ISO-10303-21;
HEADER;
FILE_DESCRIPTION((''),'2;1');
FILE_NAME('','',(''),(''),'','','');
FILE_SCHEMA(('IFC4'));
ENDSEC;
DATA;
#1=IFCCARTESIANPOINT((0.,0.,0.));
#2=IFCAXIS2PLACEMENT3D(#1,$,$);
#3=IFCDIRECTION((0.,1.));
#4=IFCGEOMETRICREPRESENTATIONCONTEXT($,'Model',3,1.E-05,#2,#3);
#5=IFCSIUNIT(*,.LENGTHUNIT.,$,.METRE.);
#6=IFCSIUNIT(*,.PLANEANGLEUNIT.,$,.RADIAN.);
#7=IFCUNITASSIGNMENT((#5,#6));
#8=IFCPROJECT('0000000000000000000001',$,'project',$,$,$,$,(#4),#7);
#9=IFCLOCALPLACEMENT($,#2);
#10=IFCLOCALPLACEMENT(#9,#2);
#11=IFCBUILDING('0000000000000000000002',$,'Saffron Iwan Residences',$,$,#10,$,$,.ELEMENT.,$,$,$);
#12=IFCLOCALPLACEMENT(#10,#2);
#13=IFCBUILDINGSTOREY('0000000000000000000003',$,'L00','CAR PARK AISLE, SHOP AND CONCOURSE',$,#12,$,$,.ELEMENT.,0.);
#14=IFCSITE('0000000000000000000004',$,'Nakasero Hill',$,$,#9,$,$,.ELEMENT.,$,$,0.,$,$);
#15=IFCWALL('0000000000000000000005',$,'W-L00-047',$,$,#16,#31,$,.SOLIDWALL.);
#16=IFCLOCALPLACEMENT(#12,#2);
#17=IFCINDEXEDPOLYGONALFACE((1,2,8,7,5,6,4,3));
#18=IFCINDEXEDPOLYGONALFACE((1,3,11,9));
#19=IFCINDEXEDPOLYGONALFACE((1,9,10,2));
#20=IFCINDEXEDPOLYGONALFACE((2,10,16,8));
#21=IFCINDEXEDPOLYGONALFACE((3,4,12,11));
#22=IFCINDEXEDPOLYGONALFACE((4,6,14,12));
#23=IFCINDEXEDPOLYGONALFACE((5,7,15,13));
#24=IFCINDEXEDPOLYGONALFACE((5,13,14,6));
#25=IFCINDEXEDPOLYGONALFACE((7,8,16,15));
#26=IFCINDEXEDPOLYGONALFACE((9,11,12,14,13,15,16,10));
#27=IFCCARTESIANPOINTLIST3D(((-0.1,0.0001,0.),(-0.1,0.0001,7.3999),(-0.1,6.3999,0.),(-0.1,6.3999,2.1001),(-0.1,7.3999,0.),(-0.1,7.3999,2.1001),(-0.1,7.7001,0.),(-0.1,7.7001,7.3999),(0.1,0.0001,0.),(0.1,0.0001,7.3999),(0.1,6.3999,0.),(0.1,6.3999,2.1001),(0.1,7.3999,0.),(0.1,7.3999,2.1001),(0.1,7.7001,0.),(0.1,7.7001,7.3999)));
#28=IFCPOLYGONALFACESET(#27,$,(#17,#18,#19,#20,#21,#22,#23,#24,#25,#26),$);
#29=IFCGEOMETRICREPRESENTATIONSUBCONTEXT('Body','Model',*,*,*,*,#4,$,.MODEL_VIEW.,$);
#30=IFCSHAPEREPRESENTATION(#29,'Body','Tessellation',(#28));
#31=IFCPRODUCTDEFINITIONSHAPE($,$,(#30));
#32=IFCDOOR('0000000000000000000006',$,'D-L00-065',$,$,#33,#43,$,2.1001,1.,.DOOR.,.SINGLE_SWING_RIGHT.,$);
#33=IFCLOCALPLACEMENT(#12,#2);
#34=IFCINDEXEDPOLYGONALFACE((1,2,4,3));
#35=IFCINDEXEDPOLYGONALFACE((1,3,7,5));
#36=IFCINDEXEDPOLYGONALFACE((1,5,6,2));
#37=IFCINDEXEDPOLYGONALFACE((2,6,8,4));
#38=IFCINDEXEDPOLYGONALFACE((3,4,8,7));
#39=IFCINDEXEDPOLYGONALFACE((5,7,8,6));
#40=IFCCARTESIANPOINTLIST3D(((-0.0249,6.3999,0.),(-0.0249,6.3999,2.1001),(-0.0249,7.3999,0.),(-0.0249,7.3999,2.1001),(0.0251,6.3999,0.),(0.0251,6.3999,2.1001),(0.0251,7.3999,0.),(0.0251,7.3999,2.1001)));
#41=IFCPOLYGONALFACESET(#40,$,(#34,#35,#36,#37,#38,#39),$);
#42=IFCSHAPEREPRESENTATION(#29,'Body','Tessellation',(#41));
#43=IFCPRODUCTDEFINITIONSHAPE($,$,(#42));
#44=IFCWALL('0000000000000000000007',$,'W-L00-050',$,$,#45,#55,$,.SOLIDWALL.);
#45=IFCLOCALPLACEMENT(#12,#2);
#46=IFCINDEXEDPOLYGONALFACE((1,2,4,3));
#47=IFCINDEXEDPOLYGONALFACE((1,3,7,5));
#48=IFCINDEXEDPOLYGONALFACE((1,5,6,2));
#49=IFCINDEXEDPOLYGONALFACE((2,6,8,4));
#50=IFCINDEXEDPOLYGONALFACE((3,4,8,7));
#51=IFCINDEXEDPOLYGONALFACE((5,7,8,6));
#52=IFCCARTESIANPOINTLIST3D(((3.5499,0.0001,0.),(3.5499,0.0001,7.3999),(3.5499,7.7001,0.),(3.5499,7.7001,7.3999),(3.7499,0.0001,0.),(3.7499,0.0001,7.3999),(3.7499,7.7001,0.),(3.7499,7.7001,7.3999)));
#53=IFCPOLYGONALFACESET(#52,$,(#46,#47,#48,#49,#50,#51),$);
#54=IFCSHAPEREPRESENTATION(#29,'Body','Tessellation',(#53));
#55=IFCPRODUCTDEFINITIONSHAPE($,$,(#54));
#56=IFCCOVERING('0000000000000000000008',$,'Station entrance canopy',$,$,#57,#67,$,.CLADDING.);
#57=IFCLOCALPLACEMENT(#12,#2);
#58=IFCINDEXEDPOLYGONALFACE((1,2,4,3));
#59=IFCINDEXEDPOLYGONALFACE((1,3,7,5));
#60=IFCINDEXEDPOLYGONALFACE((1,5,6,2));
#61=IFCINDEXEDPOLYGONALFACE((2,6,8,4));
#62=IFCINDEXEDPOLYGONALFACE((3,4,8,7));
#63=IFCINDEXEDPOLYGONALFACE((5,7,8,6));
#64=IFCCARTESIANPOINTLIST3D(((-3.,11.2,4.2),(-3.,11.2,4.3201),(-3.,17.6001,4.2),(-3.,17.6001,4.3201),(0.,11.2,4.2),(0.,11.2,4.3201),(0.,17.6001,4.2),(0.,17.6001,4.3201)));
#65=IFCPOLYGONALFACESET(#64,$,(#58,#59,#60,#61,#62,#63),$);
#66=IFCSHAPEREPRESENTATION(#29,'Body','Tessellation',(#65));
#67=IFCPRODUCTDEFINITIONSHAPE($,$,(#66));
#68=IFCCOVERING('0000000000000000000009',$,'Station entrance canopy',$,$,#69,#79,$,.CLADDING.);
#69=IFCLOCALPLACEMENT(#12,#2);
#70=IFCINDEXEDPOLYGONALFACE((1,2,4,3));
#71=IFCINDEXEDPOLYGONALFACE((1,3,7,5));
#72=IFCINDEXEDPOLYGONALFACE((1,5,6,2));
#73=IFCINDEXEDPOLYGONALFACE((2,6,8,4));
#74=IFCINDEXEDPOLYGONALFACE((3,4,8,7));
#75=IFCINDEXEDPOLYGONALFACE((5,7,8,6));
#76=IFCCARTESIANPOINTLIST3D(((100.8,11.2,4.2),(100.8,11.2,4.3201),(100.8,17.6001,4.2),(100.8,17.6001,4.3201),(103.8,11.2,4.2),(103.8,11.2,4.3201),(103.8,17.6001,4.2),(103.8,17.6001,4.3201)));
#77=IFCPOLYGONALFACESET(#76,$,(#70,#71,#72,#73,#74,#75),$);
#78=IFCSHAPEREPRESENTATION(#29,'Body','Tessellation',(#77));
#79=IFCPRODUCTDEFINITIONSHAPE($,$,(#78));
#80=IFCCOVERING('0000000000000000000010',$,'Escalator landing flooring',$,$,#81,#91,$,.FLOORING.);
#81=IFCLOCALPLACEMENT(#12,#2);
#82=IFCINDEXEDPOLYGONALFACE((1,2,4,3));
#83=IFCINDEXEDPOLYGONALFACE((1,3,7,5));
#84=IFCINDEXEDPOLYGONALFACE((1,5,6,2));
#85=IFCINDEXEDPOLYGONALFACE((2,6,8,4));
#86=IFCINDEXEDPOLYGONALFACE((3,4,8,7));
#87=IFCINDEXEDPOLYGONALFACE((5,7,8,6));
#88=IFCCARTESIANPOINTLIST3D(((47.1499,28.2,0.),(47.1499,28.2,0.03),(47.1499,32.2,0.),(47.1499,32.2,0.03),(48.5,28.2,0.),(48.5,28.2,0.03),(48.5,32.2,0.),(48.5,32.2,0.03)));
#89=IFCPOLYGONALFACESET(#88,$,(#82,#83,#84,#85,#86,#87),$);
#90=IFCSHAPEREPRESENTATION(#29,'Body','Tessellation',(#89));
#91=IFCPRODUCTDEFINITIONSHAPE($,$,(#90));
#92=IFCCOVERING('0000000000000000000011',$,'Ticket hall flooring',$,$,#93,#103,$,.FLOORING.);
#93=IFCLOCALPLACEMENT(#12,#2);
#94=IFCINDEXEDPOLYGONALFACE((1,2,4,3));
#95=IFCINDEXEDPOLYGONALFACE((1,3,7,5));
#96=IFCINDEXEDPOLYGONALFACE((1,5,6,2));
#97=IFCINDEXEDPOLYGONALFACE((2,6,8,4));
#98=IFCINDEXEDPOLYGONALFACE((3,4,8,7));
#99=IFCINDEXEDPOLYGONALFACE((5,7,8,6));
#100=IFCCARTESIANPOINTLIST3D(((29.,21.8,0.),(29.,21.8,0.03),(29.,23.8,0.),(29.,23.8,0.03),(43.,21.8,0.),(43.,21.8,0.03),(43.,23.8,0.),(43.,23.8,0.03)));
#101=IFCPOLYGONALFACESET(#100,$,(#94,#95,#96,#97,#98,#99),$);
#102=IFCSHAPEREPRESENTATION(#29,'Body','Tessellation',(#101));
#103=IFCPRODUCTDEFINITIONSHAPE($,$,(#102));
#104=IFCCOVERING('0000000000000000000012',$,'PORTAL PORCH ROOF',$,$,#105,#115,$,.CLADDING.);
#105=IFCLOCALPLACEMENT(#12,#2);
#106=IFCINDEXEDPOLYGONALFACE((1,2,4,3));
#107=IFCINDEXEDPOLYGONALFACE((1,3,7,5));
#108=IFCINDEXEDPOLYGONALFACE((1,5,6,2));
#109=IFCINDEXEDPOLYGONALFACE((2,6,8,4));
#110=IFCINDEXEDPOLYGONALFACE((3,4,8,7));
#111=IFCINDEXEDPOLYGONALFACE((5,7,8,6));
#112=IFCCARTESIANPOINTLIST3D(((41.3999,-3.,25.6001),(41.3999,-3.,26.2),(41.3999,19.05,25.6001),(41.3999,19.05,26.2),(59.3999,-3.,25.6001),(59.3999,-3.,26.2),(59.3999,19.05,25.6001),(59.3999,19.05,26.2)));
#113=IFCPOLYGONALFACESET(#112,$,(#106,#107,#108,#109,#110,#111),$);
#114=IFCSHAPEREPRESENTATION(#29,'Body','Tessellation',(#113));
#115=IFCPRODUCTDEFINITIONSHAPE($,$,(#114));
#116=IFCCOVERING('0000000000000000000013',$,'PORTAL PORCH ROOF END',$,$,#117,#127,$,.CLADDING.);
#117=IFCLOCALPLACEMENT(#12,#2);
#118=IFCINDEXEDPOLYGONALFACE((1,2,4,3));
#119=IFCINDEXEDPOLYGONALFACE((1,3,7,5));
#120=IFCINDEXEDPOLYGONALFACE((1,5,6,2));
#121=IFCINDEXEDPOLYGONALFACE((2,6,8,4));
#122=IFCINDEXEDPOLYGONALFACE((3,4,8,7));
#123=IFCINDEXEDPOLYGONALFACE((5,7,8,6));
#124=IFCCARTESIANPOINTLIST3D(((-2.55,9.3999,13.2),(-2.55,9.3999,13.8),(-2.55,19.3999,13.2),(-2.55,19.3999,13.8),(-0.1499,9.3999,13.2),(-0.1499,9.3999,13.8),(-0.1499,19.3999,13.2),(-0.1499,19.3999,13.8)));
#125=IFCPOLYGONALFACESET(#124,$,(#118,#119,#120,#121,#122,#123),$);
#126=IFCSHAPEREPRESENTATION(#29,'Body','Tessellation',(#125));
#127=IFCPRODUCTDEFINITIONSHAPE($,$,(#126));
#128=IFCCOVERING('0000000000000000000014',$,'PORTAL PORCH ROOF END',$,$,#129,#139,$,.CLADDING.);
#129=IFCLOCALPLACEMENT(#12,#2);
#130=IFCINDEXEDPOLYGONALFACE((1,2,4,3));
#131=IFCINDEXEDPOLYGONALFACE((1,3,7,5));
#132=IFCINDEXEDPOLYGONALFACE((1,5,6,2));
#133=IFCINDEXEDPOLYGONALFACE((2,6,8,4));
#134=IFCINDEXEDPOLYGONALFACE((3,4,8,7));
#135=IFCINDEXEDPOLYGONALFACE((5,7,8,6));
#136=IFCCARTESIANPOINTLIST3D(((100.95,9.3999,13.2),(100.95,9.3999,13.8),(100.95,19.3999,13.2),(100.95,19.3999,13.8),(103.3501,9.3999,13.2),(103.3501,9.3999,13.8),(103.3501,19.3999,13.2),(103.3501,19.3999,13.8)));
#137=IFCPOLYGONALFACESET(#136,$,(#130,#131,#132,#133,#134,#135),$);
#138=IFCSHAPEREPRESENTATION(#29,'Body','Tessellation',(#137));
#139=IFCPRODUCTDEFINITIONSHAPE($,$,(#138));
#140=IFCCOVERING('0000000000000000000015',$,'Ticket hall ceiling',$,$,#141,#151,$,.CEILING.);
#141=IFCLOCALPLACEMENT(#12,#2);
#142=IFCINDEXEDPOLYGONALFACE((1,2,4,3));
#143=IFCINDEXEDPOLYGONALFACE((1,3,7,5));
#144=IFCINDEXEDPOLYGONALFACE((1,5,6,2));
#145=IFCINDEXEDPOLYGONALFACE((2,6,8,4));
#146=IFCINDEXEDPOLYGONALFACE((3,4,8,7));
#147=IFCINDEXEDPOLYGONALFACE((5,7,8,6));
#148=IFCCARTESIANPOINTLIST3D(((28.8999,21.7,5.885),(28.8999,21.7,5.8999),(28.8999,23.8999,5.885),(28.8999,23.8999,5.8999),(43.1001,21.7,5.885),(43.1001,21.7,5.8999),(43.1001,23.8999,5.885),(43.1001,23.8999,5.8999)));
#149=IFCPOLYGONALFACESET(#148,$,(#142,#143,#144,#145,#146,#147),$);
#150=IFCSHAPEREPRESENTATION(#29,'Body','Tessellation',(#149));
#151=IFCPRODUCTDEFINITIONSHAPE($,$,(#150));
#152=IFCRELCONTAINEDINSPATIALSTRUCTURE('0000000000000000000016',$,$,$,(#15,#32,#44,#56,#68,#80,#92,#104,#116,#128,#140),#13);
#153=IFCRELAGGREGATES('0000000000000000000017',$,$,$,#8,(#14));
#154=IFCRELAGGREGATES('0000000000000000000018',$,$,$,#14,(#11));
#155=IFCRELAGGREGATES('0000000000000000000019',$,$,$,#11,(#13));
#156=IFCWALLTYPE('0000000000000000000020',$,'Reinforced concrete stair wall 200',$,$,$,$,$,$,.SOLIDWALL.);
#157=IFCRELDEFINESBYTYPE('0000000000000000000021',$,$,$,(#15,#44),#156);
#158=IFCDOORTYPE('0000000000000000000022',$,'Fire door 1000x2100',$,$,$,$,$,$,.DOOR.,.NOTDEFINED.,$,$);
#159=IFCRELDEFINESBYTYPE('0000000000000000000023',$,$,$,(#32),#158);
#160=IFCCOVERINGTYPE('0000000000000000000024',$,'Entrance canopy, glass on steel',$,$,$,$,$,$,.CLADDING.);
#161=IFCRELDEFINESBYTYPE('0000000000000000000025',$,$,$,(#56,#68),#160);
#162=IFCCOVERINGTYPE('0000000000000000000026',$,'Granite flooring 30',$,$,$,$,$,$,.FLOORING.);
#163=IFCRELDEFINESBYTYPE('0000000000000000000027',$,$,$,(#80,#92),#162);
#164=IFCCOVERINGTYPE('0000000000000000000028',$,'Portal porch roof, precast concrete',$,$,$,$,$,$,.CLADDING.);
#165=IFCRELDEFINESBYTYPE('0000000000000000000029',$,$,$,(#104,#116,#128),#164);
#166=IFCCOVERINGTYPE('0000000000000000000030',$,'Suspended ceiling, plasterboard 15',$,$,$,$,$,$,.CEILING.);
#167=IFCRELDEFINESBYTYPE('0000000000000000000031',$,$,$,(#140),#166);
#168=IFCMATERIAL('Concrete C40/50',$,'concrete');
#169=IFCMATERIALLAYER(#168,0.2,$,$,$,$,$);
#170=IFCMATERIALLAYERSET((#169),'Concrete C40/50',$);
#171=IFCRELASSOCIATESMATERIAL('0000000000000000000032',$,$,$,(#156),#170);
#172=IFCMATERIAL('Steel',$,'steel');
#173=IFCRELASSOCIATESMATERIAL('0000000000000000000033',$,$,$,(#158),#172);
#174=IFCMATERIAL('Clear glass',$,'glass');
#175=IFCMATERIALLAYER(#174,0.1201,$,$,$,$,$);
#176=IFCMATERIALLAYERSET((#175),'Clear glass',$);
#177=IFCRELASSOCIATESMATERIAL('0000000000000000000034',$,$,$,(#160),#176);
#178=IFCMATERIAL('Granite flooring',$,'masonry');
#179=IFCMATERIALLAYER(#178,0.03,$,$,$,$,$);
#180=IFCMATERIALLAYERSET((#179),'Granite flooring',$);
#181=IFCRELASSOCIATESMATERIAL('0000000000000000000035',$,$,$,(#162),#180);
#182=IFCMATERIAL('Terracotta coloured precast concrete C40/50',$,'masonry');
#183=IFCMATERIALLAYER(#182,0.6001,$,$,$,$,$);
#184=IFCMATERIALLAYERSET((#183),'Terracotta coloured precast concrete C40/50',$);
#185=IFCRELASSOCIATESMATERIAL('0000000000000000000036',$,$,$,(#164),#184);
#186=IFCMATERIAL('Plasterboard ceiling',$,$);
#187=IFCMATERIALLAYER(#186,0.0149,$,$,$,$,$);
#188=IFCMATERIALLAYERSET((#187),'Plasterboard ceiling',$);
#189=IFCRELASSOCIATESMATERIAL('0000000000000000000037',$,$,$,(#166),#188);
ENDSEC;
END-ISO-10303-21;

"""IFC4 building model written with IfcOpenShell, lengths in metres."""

from ifc_helpers import new_model, si_unit, direction, frame, frame_2d, origin, place, context, subcontext, project, spatial, polyline, rectangle, outline, extrude, material, layer, layer_set, type_object, element, fill, save


model = new_model("IFC4")

# Units and contexts
model_context = context("Model", 3, precision=1e-05, world=origin(), true_north=direction((0.0, 1.0)))
body_context = subcontext(model_context, "Body", "Model", "MODEL_VIEW")
ifc_project = project(units=[si_unit("LENGTHUNIT", "METRE"), si_unit("PLANEANGLEUNIT", "RADIAN")], contexts=[model_context])

# Site, building, storey
site_placement = place(None, origin())
site = spatial("IfcSite", under=ifc_project, at=site_placement, Name="Nakasero Hill", CompositionType="ELEMENT", RefElevation=0.0)
building_placement = place(site_placement, origin())
building = spatial("IfcBuilding", under=site, at=building_placement, Name="Saffron Iwan Residences", CompositionType="ELEMENT")
storey_placement = place(building_placement, origin())
storey = spatial("IfcBuildingStorey", under=building, at=storey_placement, Name="L00", Description="CAR PARK AISLE, SHOP AND CONCOURSE", CompositionType="ELEMENT", Elevation=0.0)

# Shared definitions
ifc_material_1 = material(Name="Concrete C40/50", Category="concrete")

# Shared definitions
ifc_layer_1 = layer(ifc_material_1, 0.2)
ifc_layer_set_1 = layer_set([ifc_layer_1], Name="Concrete C40/50")
wall_type = type_object("IfcWallType", Name="Reinforced concrete stair wall 200", PredefinedType="SOLIDWALL", material=ifc_layer_set_1)

# Wall, opening, door
wall_1_placement = place(storey_placement, frame((0.0, 0.0, 0.0), z_axis=(0.0, 0.0, 1.0), x_axis=(0.0, 1.0, 0.0)))
wall_1 = element("IfcWall", 1, at=wall_1_placement, inside=storey, type_object=wall_type, Name="W-L00-047", PredefinedType="SOLIDWALL", context=body_context, shape_type="SweptSolid", body=[
    extrude(rectangle(XDim=7.7, YDim=0.2, at=frame_2d((3.8501, 0.0))), origin(), (0.0, 0.0, 1.0), 7.3999),
])
opening_placement = place(wall_1_placement, frame((6.3999, 0.0, 0.0)))
opening = element("IfcOpeningElement", 2, at=opening_placement, cuts=wall_1, PredefinedType="OPENING", context=body_context, shape_type="SweptSolid", body=[
    extrude(rectangle(XDim=1.0, YDim=2.1001, at=frame_2d((0.5, 1.05))), frame((0.0, 0.1099, 0.0), z_axis=(0.0, -1.0, 0.0), x_axis=(1.0, 0.0, 0.0)), (0.0, 0.0, 1.0), 0.22),
])
ifc_material_2 = material(Name="Steel", Category="steel")
door_type = type_object("IfcDoorType", Name="Fire door 1000x2100", OperationType="NOTDEFINED", PredefinedType="DOOR", material=ifc_material_2)
door_placement = place(opening_placement, origin())
door = element("IfcDoor", 3, at=door_placement, inside=storey, type_object=door_type, Name="D-L00-065", OperationType="SINGLE_SWING_RIGHT", OverallHeight=2.1001, OverallWidth=1.0, PredefinedType="DOOR", context=body_context, shape_type="SweptSolid", body=[
    extrude(rectangle(XDim=1.0, YDim=2.1001, at=frame_2d((0.5, 1.05))), frame((0.0, 0.0249, 0.0), z_axis=(0.0, -1.0, 0.0), x_axis=(1.0, 0.0, 0.0)), (0.0, 0.0, 1.0), 0.05),
])
fill(opening, door)

# Wall
wall_2_placement = place(storey_placement, frame((3.6499, 0.0, 0.0), z_axis=(0.0, 0.0, 1.0), x_axis=(0.0, 1.0, 0.0)))
element("IfcWall", 4, at=wall_2_placement, inside=storey, type_object=wall_type, Name="W-L00-050", PredefinedType="SOLIDWALL", context=body_context, shape_type="SweptSolid", body=[
    extrude(rectangle(XDim=7.7, YDim=0.2, at=frame_2d((3.8501, 0.0))), origin(), (0.0, 0.0, 1.0), 7.3999),
])

# Coverings
ifc_material_3 = material(Name="Clear glass", Category="glass")
ifc_layer_2 = layer(ifc_material_3, 0.1201)
ifc_layer_set_2 = layer_set([ifc_layer_2], Name="Clear glass")
covering_type_1 = type_object("IfcCoveringType", Name="Entrance canopy, glass on steel", PredefinedType="CLADDING", material=ifc_layer_set_2)
covering_1_placement = place(storey_placement, frame((0.0, 0.0, 4.2)))
element("IfcCovering", 5, at=covering_1_placement, inside=storey, type_object=covering_type_1, Name="Station entrance canopy", PredefinedType="CLADDING", context=body_context, shape_type="SweptSolid", body=[
    extrude(outline(polyline([(-3.0, 11.2), (0.0, 11.2), (0.0, 17.6001), (-3.0, 17.6001), (-3.0, 11.2)])), origin(), (0.0, 0.0, 1.0), 0.1201),
])
covering_2_placement = place(storey_placement, frame((0.0, 0.0, 4.2)))
element("IfcCovering", 6, at=covering_2_placement, inside=storey, type_object=covering_type_1, Name="Station entrance canopy", PredefinedType="CLADDING", context=body_context, shape_type="SweptSolid", body=[
    extrude(outline(polyline([(100.8, 11.2), (103.8, 11.2), (103.8, 17.6001), (100.8, 17.6001), (100.8, 11.2)])), origin(), (0.0, 0.0, 1.0), 0.1201),
])
ifc_material_4 = material(Name="Granite flooring", Category="masonry")
ifc_layer_3 = layer(ifc_material_4, 0.03)
ifc_layer_set_3 = layer_set([ifc_layer_3], Name="Granite flooring")
covering_type_2 = type_object("IfcCoveringType", Name="Granite flooring 30", PredefinedType="FLOORING", material=ifc_layer_set_3)
covering_3_placement = place(storey_placement, origin())
element("IfcCovering", 7, at=covering_3_placement, inside=storey, type_object=covering_type_2, Name="Escalator landing flooring", PredefinedType="FLOORING", context=body_context, shape_type="SweptSolid", body=[
    extrude(outline(polyline([(48.5, 28.2), (48.5, 32.2), (47.1499, 32.2), (47.1499, 28.2), (48.5, 28.2)])), origin(), (0.0, 0.0, 1.0), 0.03),
])
covering_4_placement = place(storey_placement, origin())
element("IfcCovering", 8, at=covering_4_placement, inside=storey, type_object=covering_type_2, Name="Ticket hall flooring", PredefinedType="FLOORING", context=body_context, shape_type="SweptSolid", body=[
    extrude(outline(polyline([(29.0, 21.8), (29.0, 23.8), (43.0, 23.8), (43.0, 21.8), (29.0, 21.8)])), origin(), (0.0, 0.0, 1.0), 0.03),
])
ifc_material_5 = material(Name="Terracotta coloured precast concrete C40/50", Category="masonry")
ifc_layer_4 = layer(ifc_material_5, 0.6001)
ifc_layer_set_4 = layer_set([ifc_layer_4], Name="Terracotta coloured precast concrete C40/50")
covering_type_3 = type_object("IfcCoveringType", Name="Portal porch roof, precast concrete", PredefinedType="CLADDING", material=ifc_layer_set_4)
covering_5_placement = place(storey_placement, frame((0.0, 0.0, 25.6001)))
element("IfcCovering", 9, at=covering_5_placement, inside=storey, type_object=covering_type_3, Name="PORTAL PORCH ROOF", PredefinedType="CLADDING", context=body_context, shape_type="SweptSolid", body=[
    extrude(outline(polyline([(41.3999, -3.0), (59.3999, -3.0), (59.3999, 19.05), (41.3999, 19.05), (41.3999, -3.0)])), origin(), (0.0, 0.0, 1.0), 0.5999),
])
covering_6_placement = place(storey_placement, frame((0.0, 0.0, 13.2)))
element("IfcCovering", 10, at=covering_6_placement, inside=storey, type_object=covering_type_3, Name="PORTAL PORCH ROOF END", PredefinedType="CLADDING", context=body_context, shape_type="SweptSolid", body=[
    extrude(outline(polyline([(-0.1499, 9.3999), (-0.1499, 19.3999), (-2.55, 19.3999), (-2.55, 9.3999), (-0.1499, 9.3999)])), origin(), (0.0, 0.0, 1.0), 0.6001),
])
covering_7_placement = place(storey_placement, frame((0.0, 0.0, 13.2)))
element("IfcCovering", 11, at=covering_7_placement, inside=storey, type_object=covering_type_3, Name="PORTAL PORCH ROOF END", PredefinedType="CLADDING", context=body_context, shape_type="SweptSolid", body=[
    extrude(outline(polyline([(100.95, 9.3999), (100.95, 19.3999), (103.3501, 19.3999), (103.3501, 9.3999), (100.95, 9.3999)])), origin(), (0.0, 0.0, 1.0), 0.6001),
])
ifc_material_6 = material(Name="Plasterboard ceiling")
ifc_layer_5 = layer(ifc_material_6, 0.0149)
ifc_layer_set_5 = layer_set([ifc_layer_5], Name="Plasterboard ceiling")
covering_type_4 = type_object("IfcCoveringType", Name="Suspended ceiling, plasterboard 15", PredefinedType="CEILING", material=ifc_layer_set_5)
covering_8_placement = place(storey_placement, frame((0.0, 0.0, 5.885)))
element("IfcCovering", 12, at=covering_8_placement, inside=storey, type_object=covering_type_4, Name="Ticket hall ceiling", PredefinedType="CEILING", context=body_context, shape_type="SweptSolid", body=[
    extrude(outline(polyline([(28.8999, 21.7), (28.8999, 23.8999), (43.1001, 23.8999), (43.1001, 21.7), (28.8999, 21.7)])), origin(), (0.0, 0.0, 1.0), 0.0149),
])

save(model, "model.ifc")
